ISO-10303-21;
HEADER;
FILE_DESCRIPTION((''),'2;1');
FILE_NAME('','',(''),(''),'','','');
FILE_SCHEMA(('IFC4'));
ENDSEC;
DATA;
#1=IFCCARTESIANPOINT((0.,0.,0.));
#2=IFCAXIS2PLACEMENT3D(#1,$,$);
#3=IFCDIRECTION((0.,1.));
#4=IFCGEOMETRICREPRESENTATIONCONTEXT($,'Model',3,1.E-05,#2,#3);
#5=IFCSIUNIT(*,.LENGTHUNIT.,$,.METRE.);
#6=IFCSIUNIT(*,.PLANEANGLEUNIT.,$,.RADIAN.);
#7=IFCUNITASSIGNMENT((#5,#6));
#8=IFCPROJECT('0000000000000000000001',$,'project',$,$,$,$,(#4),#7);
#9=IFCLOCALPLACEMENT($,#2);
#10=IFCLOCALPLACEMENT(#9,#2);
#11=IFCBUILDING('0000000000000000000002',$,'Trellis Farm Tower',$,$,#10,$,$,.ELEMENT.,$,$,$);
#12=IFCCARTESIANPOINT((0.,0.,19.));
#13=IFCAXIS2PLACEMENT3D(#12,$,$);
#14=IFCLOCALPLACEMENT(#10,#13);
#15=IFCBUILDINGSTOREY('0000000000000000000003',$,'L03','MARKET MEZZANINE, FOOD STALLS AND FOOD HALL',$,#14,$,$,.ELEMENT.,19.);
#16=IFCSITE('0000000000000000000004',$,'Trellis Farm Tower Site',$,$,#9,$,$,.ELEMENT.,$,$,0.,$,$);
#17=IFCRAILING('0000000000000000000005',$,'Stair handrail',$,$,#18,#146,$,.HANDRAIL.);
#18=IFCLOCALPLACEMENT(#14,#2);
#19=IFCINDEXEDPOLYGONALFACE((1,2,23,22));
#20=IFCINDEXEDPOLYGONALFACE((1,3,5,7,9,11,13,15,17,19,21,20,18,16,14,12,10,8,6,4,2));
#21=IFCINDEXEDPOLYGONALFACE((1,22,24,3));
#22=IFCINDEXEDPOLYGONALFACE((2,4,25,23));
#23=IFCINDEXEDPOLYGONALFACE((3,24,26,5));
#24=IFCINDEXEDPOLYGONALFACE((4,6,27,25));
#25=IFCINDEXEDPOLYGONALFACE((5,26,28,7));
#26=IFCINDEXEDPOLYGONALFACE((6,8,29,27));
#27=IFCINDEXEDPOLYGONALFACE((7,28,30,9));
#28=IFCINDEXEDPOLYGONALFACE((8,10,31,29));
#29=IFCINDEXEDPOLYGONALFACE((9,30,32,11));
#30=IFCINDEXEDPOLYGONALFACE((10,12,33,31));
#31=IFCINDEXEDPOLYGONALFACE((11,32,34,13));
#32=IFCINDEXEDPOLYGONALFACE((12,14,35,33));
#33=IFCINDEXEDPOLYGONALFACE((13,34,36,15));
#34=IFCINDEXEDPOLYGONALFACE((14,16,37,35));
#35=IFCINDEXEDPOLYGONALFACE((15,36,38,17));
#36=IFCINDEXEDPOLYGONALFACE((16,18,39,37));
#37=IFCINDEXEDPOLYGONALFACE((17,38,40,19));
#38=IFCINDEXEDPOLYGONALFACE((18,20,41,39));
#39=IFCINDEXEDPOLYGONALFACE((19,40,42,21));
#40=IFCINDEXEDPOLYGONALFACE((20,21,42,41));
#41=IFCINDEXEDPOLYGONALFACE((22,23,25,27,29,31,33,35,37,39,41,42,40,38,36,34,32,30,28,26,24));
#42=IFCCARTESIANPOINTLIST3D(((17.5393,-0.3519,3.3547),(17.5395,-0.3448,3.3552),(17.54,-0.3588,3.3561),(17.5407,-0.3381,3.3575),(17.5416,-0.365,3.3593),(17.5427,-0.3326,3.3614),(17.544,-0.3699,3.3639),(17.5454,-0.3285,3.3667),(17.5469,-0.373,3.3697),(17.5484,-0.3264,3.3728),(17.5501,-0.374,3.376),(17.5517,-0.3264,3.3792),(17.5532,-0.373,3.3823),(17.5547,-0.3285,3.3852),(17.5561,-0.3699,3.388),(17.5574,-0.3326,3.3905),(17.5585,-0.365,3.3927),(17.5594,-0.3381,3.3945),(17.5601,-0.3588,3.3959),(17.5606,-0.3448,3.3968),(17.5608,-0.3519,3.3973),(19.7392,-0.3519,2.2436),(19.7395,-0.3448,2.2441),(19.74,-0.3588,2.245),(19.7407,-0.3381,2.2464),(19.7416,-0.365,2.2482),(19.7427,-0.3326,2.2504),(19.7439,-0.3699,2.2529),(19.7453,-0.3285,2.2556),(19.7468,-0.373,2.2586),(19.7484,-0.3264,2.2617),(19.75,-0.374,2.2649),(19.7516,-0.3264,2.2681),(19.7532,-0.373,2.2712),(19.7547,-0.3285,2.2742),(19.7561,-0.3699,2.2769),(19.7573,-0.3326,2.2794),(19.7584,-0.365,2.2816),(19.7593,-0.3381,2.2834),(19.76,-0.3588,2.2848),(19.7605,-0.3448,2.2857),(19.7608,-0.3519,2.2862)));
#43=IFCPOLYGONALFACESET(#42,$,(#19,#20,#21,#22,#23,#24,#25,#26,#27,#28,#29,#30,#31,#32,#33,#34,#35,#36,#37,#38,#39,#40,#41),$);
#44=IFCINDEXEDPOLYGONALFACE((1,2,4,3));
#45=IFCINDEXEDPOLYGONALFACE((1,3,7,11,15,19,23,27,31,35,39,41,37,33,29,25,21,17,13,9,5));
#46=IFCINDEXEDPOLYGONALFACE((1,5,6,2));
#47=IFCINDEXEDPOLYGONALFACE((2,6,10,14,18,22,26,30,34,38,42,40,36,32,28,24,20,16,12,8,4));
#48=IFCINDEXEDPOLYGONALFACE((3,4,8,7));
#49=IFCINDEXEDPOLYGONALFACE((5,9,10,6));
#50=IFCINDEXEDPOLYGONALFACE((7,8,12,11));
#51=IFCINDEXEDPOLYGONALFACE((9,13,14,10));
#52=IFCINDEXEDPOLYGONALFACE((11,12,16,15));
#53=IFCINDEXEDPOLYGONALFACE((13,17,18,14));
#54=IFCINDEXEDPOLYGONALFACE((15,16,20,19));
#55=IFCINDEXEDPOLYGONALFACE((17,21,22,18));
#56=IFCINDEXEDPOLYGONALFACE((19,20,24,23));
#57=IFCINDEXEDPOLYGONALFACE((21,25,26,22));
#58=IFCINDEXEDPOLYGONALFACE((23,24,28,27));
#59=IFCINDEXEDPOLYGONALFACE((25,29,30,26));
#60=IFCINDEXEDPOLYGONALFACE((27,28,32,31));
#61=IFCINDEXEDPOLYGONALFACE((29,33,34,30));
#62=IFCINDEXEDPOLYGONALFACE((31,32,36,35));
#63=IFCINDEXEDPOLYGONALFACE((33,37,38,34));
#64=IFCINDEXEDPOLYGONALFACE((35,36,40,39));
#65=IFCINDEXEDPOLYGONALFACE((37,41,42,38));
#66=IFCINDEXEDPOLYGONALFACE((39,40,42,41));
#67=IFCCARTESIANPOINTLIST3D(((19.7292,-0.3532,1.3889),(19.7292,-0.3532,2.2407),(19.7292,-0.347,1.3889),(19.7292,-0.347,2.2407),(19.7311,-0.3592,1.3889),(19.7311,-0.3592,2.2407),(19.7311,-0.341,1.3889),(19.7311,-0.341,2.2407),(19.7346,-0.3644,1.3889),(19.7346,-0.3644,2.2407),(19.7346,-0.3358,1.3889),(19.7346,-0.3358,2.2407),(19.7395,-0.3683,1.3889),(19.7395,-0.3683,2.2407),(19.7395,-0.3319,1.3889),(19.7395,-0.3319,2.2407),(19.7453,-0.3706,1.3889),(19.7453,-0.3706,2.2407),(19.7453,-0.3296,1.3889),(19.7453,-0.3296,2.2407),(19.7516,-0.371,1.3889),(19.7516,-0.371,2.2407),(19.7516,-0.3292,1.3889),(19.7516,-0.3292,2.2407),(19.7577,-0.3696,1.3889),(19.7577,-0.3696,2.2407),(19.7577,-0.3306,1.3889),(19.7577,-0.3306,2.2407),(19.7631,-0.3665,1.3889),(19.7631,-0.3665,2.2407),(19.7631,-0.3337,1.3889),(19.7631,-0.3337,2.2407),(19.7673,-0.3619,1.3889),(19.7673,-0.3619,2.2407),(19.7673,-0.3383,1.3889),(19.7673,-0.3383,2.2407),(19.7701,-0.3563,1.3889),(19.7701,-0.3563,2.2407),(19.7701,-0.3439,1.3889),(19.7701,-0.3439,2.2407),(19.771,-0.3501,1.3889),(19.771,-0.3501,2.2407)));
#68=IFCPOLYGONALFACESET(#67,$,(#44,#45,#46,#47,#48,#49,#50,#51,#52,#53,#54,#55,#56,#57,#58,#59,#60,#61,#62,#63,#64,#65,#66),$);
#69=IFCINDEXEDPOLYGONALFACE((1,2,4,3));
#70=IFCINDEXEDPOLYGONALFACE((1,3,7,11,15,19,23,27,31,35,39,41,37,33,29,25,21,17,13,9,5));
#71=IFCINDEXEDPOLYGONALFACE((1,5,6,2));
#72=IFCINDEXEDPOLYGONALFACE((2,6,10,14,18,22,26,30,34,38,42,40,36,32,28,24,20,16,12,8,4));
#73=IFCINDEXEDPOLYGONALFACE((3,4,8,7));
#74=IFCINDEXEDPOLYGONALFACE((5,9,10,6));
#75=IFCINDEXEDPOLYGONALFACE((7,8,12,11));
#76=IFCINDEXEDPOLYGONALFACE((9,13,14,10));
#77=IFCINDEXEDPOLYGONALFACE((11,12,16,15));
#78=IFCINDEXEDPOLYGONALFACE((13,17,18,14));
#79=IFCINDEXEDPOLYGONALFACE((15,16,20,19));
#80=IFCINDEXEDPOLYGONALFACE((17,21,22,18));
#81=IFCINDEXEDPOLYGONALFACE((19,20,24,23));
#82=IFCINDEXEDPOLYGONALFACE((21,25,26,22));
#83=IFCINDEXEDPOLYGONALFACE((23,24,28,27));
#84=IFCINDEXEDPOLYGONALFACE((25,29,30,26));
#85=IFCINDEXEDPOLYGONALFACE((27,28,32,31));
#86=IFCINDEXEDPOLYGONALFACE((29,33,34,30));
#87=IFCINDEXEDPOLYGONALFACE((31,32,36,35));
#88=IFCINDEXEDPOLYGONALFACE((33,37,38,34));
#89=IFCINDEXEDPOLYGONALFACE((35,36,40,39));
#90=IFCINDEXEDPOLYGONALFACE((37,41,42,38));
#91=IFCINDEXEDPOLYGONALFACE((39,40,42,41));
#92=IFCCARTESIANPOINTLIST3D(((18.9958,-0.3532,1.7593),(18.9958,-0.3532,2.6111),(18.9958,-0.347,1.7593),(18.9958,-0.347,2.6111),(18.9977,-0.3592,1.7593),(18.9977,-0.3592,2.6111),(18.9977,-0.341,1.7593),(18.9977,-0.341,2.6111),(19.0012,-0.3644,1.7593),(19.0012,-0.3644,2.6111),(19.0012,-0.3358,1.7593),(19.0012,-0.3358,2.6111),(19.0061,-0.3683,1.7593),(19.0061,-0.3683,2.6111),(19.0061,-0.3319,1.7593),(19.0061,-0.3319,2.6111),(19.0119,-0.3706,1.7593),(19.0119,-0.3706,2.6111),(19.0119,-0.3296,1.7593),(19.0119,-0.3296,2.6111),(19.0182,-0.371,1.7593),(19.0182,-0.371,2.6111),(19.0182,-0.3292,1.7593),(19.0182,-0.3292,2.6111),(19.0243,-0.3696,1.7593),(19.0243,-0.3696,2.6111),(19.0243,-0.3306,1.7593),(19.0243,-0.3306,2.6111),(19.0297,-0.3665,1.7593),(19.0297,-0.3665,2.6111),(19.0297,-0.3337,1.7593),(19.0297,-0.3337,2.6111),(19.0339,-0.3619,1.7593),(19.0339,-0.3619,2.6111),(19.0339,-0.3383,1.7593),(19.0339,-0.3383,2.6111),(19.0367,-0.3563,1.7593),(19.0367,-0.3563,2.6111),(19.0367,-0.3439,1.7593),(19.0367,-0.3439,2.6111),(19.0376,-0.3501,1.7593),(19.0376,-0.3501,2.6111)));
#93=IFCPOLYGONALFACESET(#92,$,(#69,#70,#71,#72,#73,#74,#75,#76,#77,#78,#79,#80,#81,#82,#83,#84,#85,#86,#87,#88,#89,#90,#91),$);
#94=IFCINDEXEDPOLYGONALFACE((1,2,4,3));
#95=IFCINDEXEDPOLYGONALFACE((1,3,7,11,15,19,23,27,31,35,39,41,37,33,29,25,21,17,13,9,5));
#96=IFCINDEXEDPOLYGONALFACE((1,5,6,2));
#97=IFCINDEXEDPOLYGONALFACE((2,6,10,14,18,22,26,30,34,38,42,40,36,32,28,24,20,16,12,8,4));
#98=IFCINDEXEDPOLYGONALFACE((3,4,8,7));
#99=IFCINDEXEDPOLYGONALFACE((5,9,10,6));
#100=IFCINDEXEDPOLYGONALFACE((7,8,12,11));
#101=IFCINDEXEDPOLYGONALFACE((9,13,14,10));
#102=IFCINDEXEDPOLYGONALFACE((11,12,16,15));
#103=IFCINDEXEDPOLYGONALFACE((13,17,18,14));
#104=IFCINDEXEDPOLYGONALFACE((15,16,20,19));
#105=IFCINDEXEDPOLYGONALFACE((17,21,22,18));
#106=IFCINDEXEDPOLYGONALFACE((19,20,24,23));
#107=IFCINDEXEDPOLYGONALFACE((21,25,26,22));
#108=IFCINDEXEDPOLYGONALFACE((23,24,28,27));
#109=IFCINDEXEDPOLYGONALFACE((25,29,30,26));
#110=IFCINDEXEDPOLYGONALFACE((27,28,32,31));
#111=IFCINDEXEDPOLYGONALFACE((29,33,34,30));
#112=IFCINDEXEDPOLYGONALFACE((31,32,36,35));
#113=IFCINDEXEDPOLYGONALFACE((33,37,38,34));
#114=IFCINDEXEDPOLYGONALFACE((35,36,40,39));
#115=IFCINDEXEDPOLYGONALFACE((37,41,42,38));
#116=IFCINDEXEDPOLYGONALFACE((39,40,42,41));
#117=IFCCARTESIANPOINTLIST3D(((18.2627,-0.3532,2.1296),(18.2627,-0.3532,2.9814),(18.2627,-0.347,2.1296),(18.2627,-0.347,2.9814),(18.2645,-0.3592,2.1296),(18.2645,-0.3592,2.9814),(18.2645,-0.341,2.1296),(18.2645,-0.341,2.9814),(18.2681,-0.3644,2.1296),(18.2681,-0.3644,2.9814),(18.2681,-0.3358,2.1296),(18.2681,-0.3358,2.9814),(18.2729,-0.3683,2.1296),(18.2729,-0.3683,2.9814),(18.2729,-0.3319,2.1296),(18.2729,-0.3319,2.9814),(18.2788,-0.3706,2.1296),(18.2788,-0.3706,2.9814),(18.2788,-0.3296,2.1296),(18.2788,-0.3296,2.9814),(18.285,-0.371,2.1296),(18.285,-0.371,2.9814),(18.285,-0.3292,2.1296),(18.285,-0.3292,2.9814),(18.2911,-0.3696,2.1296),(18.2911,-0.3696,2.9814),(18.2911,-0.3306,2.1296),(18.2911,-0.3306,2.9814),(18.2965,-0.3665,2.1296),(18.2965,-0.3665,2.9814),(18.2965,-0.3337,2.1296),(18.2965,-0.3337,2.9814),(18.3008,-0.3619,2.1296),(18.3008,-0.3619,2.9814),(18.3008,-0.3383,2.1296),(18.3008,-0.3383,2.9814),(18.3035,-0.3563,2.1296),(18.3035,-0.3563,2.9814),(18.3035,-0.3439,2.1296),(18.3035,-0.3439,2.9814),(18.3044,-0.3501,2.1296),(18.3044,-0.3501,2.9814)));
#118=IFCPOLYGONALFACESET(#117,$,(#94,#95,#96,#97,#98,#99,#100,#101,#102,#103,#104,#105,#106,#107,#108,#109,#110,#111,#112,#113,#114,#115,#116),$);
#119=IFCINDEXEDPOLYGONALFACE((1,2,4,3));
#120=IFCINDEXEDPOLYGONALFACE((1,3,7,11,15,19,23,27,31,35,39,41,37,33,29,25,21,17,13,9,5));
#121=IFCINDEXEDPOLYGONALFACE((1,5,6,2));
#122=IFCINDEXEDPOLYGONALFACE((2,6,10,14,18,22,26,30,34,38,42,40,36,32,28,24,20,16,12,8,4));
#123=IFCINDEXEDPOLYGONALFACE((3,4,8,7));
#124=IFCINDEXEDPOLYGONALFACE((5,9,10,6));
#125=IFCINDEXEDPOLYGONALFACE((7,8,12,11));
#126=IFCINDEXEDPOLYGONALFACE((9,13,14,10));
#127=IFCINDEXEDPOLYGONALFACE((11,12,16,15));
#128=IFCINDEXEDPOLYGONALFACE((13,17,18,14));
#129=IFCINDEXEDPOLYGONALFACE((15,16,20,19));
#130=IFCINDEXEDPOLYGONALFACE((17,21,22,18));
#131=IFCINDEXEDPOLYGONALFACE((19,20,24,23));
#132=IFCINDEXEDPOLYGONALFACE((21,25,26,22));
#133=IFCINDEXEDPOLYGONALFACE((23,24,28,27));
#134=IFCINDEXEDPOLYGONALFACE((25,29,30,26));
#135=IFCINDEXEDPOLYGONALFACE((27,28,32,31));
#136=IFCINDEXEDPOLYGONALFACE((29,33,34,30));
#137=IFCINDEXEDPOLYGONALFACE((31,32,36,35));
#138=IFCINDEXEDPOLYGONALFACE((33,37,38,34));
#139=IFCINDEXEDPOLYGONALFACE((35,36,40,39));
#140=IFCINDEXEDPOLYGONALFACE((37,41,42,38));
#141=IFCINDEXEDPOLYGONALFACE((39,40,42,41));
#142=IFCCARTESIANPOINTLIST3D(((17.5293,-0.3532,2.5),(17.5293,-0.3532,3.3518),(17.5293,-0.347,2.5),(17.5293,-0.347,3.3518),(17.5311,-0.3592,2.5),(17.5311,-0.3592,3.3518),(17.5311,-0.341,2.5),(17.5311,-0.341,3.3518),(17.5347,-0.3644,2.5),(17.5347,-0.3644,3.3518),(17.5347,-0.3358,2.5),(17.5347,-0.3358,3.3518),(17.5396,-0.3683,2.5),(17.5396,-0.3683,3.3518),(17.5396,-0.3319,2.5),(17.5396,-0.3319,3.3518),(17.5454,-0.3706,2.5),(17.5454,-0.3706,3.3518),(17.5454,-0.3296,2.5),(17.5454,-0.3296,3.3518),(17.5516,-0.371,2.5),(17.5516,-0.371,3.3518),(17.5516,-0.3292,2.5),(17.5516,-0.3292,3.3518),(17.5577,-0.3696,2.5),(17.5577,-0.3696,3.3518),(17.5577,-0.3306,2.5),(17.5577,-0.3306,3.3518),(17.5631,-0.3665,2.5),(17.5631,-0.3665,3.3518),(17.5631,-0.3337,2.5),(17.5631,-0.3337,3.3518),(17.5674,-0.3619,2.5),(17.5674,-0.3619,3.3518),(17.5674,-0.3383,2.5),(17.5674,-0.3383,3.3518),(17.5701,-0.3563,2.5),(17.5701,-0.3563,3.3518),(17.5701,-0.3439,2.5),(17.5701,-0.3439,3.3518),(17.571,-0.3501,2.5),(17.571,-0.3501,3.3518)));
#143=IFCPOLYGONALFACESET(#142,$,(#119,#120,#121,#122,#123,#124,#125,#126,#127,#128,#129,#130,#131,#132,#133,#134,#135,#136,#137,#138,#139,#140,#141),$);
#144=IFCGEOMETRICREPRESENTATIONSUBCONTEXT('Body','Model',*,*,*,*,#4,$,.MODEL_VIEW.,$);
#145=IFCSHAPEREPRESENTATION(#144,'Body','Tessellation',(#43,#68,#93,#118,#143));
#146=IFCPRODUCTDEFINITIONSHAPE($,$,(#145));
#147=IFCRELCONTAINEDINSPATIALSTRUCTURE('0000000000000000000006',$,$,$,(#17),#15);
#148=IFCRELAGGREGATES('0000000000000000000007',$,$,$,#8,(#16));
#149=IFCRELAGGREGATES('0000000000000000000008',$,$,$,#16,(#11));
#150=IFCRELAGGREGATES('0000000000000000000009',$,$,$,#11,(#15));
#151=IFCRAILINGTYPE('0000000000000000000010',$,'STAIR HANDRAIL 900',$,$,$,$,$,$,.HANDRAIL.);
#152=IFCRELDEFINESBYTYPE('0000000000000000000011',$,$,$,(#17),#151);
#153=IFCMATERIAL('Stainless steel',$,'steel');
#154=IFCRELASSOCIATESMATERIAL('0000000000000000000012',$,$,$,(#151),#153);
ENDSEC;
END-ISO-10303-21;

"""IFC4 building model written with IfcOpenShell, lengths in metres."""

from ifc_helpers import new_model, si_unit, direction, frame, origin, origin_2d, place, context, subcontext, project, spatial, circle, extrude, source, transform, mapped, material, type_object, element, save


model = new_model("IFC4")

# Units and contexts
model_context = context("Model", 3, precision=1e-05, world=origin(), true_north=direction((0.0, 1.0)))
body_context = subcontext(model_context, "Body", "Model", "MODEL_VIEW")
ifc_project = project(units=[si_unit("LENGTHUNIT", "METRE"), si_unit("PLANEANGLEUNIT", "RADIAN")], contexts=[model_context])

# Site, building, storey
site_placement = place(None, origin())
site = spatial("IfcSite", under=ifc_project, at=site_placement, Name="Trellis Farm Tower Site", CompositionType="ELEMENT", RefElevation=0.0)
building_placement = place(site_placement, origin())
building = spatial("IfcBuilding", under=site, at=building_placement, Name="Trellis Farm Tower", CompositionType="ELEMENT")
storey_placement = place(building_placement, frame((0.0, 0.0, 19.0)))
storey = spatial("IfcBuildingStorey", under=building, at=storey_placement, Name="L03", Description="MARKET MEZZANINE, FOOD STALLS AND FOOD HALL", CompositionType="ELEMENT", Elevation=19.0)

# Railing
ifc_material_1 = material(Name="Stainless steel", Category="steel")
railing_type = type_object("IfcRailingType", Name="STAIR HANDRAIL 900", PredefinedType="HANDRAIL", material=ifc_material_1)
shared_shape_1 = source(origin(), body_context, "Body", "SweptSolid", [
    extrude(circle(Radius=0.0239, at=origin_2d()), frame((0.0, 0.0, 0.876), z_axis=(-0.892617, 0.0, 0.450816), x_axis=(0.0, -1.0, 0.0)), (0.0, 0.0, 1.0), 2.4646),
    extrude(circle(Radius=0.021, at=origin_2d()), origin(), (0.0, 0.0, 1.0), 0.8518),
    extrude(circle(Radius=0.021, at=origin_2d()), frame((-0.7334, 0.0, 0.3704)), (0.0, 0.0, 1.0), 0.8518),
    extrude(circle(Radius=0.021, at=origin_2d()), frame((-1.4666, 0.0, 0.7407)), (0.0, 0.0, 1.0), 0.8518),
    extrude(circle(Radius=0.021, at=origin_2d()), frame((-2.2, 0.0, 1.1111)), (0.0, 0.0, 1.0), 0.8518),
])
for number, where, name in (
    (1, (19.75, -0.3501, 1.3889), "Stair handrail"),
):
    element("IfcRailing", number, at=place(storey_placement, frame(where)), inside=storey, type_object=railing_type, Name=name, PredefinedType="HANDRAIL", context=body_context, shape_type="MappedRepresentation", body=[
        mapped(shared_shape_1, transform((0.0, 0.0, 0.0))),
    ])

save(model, "model.ifc")
